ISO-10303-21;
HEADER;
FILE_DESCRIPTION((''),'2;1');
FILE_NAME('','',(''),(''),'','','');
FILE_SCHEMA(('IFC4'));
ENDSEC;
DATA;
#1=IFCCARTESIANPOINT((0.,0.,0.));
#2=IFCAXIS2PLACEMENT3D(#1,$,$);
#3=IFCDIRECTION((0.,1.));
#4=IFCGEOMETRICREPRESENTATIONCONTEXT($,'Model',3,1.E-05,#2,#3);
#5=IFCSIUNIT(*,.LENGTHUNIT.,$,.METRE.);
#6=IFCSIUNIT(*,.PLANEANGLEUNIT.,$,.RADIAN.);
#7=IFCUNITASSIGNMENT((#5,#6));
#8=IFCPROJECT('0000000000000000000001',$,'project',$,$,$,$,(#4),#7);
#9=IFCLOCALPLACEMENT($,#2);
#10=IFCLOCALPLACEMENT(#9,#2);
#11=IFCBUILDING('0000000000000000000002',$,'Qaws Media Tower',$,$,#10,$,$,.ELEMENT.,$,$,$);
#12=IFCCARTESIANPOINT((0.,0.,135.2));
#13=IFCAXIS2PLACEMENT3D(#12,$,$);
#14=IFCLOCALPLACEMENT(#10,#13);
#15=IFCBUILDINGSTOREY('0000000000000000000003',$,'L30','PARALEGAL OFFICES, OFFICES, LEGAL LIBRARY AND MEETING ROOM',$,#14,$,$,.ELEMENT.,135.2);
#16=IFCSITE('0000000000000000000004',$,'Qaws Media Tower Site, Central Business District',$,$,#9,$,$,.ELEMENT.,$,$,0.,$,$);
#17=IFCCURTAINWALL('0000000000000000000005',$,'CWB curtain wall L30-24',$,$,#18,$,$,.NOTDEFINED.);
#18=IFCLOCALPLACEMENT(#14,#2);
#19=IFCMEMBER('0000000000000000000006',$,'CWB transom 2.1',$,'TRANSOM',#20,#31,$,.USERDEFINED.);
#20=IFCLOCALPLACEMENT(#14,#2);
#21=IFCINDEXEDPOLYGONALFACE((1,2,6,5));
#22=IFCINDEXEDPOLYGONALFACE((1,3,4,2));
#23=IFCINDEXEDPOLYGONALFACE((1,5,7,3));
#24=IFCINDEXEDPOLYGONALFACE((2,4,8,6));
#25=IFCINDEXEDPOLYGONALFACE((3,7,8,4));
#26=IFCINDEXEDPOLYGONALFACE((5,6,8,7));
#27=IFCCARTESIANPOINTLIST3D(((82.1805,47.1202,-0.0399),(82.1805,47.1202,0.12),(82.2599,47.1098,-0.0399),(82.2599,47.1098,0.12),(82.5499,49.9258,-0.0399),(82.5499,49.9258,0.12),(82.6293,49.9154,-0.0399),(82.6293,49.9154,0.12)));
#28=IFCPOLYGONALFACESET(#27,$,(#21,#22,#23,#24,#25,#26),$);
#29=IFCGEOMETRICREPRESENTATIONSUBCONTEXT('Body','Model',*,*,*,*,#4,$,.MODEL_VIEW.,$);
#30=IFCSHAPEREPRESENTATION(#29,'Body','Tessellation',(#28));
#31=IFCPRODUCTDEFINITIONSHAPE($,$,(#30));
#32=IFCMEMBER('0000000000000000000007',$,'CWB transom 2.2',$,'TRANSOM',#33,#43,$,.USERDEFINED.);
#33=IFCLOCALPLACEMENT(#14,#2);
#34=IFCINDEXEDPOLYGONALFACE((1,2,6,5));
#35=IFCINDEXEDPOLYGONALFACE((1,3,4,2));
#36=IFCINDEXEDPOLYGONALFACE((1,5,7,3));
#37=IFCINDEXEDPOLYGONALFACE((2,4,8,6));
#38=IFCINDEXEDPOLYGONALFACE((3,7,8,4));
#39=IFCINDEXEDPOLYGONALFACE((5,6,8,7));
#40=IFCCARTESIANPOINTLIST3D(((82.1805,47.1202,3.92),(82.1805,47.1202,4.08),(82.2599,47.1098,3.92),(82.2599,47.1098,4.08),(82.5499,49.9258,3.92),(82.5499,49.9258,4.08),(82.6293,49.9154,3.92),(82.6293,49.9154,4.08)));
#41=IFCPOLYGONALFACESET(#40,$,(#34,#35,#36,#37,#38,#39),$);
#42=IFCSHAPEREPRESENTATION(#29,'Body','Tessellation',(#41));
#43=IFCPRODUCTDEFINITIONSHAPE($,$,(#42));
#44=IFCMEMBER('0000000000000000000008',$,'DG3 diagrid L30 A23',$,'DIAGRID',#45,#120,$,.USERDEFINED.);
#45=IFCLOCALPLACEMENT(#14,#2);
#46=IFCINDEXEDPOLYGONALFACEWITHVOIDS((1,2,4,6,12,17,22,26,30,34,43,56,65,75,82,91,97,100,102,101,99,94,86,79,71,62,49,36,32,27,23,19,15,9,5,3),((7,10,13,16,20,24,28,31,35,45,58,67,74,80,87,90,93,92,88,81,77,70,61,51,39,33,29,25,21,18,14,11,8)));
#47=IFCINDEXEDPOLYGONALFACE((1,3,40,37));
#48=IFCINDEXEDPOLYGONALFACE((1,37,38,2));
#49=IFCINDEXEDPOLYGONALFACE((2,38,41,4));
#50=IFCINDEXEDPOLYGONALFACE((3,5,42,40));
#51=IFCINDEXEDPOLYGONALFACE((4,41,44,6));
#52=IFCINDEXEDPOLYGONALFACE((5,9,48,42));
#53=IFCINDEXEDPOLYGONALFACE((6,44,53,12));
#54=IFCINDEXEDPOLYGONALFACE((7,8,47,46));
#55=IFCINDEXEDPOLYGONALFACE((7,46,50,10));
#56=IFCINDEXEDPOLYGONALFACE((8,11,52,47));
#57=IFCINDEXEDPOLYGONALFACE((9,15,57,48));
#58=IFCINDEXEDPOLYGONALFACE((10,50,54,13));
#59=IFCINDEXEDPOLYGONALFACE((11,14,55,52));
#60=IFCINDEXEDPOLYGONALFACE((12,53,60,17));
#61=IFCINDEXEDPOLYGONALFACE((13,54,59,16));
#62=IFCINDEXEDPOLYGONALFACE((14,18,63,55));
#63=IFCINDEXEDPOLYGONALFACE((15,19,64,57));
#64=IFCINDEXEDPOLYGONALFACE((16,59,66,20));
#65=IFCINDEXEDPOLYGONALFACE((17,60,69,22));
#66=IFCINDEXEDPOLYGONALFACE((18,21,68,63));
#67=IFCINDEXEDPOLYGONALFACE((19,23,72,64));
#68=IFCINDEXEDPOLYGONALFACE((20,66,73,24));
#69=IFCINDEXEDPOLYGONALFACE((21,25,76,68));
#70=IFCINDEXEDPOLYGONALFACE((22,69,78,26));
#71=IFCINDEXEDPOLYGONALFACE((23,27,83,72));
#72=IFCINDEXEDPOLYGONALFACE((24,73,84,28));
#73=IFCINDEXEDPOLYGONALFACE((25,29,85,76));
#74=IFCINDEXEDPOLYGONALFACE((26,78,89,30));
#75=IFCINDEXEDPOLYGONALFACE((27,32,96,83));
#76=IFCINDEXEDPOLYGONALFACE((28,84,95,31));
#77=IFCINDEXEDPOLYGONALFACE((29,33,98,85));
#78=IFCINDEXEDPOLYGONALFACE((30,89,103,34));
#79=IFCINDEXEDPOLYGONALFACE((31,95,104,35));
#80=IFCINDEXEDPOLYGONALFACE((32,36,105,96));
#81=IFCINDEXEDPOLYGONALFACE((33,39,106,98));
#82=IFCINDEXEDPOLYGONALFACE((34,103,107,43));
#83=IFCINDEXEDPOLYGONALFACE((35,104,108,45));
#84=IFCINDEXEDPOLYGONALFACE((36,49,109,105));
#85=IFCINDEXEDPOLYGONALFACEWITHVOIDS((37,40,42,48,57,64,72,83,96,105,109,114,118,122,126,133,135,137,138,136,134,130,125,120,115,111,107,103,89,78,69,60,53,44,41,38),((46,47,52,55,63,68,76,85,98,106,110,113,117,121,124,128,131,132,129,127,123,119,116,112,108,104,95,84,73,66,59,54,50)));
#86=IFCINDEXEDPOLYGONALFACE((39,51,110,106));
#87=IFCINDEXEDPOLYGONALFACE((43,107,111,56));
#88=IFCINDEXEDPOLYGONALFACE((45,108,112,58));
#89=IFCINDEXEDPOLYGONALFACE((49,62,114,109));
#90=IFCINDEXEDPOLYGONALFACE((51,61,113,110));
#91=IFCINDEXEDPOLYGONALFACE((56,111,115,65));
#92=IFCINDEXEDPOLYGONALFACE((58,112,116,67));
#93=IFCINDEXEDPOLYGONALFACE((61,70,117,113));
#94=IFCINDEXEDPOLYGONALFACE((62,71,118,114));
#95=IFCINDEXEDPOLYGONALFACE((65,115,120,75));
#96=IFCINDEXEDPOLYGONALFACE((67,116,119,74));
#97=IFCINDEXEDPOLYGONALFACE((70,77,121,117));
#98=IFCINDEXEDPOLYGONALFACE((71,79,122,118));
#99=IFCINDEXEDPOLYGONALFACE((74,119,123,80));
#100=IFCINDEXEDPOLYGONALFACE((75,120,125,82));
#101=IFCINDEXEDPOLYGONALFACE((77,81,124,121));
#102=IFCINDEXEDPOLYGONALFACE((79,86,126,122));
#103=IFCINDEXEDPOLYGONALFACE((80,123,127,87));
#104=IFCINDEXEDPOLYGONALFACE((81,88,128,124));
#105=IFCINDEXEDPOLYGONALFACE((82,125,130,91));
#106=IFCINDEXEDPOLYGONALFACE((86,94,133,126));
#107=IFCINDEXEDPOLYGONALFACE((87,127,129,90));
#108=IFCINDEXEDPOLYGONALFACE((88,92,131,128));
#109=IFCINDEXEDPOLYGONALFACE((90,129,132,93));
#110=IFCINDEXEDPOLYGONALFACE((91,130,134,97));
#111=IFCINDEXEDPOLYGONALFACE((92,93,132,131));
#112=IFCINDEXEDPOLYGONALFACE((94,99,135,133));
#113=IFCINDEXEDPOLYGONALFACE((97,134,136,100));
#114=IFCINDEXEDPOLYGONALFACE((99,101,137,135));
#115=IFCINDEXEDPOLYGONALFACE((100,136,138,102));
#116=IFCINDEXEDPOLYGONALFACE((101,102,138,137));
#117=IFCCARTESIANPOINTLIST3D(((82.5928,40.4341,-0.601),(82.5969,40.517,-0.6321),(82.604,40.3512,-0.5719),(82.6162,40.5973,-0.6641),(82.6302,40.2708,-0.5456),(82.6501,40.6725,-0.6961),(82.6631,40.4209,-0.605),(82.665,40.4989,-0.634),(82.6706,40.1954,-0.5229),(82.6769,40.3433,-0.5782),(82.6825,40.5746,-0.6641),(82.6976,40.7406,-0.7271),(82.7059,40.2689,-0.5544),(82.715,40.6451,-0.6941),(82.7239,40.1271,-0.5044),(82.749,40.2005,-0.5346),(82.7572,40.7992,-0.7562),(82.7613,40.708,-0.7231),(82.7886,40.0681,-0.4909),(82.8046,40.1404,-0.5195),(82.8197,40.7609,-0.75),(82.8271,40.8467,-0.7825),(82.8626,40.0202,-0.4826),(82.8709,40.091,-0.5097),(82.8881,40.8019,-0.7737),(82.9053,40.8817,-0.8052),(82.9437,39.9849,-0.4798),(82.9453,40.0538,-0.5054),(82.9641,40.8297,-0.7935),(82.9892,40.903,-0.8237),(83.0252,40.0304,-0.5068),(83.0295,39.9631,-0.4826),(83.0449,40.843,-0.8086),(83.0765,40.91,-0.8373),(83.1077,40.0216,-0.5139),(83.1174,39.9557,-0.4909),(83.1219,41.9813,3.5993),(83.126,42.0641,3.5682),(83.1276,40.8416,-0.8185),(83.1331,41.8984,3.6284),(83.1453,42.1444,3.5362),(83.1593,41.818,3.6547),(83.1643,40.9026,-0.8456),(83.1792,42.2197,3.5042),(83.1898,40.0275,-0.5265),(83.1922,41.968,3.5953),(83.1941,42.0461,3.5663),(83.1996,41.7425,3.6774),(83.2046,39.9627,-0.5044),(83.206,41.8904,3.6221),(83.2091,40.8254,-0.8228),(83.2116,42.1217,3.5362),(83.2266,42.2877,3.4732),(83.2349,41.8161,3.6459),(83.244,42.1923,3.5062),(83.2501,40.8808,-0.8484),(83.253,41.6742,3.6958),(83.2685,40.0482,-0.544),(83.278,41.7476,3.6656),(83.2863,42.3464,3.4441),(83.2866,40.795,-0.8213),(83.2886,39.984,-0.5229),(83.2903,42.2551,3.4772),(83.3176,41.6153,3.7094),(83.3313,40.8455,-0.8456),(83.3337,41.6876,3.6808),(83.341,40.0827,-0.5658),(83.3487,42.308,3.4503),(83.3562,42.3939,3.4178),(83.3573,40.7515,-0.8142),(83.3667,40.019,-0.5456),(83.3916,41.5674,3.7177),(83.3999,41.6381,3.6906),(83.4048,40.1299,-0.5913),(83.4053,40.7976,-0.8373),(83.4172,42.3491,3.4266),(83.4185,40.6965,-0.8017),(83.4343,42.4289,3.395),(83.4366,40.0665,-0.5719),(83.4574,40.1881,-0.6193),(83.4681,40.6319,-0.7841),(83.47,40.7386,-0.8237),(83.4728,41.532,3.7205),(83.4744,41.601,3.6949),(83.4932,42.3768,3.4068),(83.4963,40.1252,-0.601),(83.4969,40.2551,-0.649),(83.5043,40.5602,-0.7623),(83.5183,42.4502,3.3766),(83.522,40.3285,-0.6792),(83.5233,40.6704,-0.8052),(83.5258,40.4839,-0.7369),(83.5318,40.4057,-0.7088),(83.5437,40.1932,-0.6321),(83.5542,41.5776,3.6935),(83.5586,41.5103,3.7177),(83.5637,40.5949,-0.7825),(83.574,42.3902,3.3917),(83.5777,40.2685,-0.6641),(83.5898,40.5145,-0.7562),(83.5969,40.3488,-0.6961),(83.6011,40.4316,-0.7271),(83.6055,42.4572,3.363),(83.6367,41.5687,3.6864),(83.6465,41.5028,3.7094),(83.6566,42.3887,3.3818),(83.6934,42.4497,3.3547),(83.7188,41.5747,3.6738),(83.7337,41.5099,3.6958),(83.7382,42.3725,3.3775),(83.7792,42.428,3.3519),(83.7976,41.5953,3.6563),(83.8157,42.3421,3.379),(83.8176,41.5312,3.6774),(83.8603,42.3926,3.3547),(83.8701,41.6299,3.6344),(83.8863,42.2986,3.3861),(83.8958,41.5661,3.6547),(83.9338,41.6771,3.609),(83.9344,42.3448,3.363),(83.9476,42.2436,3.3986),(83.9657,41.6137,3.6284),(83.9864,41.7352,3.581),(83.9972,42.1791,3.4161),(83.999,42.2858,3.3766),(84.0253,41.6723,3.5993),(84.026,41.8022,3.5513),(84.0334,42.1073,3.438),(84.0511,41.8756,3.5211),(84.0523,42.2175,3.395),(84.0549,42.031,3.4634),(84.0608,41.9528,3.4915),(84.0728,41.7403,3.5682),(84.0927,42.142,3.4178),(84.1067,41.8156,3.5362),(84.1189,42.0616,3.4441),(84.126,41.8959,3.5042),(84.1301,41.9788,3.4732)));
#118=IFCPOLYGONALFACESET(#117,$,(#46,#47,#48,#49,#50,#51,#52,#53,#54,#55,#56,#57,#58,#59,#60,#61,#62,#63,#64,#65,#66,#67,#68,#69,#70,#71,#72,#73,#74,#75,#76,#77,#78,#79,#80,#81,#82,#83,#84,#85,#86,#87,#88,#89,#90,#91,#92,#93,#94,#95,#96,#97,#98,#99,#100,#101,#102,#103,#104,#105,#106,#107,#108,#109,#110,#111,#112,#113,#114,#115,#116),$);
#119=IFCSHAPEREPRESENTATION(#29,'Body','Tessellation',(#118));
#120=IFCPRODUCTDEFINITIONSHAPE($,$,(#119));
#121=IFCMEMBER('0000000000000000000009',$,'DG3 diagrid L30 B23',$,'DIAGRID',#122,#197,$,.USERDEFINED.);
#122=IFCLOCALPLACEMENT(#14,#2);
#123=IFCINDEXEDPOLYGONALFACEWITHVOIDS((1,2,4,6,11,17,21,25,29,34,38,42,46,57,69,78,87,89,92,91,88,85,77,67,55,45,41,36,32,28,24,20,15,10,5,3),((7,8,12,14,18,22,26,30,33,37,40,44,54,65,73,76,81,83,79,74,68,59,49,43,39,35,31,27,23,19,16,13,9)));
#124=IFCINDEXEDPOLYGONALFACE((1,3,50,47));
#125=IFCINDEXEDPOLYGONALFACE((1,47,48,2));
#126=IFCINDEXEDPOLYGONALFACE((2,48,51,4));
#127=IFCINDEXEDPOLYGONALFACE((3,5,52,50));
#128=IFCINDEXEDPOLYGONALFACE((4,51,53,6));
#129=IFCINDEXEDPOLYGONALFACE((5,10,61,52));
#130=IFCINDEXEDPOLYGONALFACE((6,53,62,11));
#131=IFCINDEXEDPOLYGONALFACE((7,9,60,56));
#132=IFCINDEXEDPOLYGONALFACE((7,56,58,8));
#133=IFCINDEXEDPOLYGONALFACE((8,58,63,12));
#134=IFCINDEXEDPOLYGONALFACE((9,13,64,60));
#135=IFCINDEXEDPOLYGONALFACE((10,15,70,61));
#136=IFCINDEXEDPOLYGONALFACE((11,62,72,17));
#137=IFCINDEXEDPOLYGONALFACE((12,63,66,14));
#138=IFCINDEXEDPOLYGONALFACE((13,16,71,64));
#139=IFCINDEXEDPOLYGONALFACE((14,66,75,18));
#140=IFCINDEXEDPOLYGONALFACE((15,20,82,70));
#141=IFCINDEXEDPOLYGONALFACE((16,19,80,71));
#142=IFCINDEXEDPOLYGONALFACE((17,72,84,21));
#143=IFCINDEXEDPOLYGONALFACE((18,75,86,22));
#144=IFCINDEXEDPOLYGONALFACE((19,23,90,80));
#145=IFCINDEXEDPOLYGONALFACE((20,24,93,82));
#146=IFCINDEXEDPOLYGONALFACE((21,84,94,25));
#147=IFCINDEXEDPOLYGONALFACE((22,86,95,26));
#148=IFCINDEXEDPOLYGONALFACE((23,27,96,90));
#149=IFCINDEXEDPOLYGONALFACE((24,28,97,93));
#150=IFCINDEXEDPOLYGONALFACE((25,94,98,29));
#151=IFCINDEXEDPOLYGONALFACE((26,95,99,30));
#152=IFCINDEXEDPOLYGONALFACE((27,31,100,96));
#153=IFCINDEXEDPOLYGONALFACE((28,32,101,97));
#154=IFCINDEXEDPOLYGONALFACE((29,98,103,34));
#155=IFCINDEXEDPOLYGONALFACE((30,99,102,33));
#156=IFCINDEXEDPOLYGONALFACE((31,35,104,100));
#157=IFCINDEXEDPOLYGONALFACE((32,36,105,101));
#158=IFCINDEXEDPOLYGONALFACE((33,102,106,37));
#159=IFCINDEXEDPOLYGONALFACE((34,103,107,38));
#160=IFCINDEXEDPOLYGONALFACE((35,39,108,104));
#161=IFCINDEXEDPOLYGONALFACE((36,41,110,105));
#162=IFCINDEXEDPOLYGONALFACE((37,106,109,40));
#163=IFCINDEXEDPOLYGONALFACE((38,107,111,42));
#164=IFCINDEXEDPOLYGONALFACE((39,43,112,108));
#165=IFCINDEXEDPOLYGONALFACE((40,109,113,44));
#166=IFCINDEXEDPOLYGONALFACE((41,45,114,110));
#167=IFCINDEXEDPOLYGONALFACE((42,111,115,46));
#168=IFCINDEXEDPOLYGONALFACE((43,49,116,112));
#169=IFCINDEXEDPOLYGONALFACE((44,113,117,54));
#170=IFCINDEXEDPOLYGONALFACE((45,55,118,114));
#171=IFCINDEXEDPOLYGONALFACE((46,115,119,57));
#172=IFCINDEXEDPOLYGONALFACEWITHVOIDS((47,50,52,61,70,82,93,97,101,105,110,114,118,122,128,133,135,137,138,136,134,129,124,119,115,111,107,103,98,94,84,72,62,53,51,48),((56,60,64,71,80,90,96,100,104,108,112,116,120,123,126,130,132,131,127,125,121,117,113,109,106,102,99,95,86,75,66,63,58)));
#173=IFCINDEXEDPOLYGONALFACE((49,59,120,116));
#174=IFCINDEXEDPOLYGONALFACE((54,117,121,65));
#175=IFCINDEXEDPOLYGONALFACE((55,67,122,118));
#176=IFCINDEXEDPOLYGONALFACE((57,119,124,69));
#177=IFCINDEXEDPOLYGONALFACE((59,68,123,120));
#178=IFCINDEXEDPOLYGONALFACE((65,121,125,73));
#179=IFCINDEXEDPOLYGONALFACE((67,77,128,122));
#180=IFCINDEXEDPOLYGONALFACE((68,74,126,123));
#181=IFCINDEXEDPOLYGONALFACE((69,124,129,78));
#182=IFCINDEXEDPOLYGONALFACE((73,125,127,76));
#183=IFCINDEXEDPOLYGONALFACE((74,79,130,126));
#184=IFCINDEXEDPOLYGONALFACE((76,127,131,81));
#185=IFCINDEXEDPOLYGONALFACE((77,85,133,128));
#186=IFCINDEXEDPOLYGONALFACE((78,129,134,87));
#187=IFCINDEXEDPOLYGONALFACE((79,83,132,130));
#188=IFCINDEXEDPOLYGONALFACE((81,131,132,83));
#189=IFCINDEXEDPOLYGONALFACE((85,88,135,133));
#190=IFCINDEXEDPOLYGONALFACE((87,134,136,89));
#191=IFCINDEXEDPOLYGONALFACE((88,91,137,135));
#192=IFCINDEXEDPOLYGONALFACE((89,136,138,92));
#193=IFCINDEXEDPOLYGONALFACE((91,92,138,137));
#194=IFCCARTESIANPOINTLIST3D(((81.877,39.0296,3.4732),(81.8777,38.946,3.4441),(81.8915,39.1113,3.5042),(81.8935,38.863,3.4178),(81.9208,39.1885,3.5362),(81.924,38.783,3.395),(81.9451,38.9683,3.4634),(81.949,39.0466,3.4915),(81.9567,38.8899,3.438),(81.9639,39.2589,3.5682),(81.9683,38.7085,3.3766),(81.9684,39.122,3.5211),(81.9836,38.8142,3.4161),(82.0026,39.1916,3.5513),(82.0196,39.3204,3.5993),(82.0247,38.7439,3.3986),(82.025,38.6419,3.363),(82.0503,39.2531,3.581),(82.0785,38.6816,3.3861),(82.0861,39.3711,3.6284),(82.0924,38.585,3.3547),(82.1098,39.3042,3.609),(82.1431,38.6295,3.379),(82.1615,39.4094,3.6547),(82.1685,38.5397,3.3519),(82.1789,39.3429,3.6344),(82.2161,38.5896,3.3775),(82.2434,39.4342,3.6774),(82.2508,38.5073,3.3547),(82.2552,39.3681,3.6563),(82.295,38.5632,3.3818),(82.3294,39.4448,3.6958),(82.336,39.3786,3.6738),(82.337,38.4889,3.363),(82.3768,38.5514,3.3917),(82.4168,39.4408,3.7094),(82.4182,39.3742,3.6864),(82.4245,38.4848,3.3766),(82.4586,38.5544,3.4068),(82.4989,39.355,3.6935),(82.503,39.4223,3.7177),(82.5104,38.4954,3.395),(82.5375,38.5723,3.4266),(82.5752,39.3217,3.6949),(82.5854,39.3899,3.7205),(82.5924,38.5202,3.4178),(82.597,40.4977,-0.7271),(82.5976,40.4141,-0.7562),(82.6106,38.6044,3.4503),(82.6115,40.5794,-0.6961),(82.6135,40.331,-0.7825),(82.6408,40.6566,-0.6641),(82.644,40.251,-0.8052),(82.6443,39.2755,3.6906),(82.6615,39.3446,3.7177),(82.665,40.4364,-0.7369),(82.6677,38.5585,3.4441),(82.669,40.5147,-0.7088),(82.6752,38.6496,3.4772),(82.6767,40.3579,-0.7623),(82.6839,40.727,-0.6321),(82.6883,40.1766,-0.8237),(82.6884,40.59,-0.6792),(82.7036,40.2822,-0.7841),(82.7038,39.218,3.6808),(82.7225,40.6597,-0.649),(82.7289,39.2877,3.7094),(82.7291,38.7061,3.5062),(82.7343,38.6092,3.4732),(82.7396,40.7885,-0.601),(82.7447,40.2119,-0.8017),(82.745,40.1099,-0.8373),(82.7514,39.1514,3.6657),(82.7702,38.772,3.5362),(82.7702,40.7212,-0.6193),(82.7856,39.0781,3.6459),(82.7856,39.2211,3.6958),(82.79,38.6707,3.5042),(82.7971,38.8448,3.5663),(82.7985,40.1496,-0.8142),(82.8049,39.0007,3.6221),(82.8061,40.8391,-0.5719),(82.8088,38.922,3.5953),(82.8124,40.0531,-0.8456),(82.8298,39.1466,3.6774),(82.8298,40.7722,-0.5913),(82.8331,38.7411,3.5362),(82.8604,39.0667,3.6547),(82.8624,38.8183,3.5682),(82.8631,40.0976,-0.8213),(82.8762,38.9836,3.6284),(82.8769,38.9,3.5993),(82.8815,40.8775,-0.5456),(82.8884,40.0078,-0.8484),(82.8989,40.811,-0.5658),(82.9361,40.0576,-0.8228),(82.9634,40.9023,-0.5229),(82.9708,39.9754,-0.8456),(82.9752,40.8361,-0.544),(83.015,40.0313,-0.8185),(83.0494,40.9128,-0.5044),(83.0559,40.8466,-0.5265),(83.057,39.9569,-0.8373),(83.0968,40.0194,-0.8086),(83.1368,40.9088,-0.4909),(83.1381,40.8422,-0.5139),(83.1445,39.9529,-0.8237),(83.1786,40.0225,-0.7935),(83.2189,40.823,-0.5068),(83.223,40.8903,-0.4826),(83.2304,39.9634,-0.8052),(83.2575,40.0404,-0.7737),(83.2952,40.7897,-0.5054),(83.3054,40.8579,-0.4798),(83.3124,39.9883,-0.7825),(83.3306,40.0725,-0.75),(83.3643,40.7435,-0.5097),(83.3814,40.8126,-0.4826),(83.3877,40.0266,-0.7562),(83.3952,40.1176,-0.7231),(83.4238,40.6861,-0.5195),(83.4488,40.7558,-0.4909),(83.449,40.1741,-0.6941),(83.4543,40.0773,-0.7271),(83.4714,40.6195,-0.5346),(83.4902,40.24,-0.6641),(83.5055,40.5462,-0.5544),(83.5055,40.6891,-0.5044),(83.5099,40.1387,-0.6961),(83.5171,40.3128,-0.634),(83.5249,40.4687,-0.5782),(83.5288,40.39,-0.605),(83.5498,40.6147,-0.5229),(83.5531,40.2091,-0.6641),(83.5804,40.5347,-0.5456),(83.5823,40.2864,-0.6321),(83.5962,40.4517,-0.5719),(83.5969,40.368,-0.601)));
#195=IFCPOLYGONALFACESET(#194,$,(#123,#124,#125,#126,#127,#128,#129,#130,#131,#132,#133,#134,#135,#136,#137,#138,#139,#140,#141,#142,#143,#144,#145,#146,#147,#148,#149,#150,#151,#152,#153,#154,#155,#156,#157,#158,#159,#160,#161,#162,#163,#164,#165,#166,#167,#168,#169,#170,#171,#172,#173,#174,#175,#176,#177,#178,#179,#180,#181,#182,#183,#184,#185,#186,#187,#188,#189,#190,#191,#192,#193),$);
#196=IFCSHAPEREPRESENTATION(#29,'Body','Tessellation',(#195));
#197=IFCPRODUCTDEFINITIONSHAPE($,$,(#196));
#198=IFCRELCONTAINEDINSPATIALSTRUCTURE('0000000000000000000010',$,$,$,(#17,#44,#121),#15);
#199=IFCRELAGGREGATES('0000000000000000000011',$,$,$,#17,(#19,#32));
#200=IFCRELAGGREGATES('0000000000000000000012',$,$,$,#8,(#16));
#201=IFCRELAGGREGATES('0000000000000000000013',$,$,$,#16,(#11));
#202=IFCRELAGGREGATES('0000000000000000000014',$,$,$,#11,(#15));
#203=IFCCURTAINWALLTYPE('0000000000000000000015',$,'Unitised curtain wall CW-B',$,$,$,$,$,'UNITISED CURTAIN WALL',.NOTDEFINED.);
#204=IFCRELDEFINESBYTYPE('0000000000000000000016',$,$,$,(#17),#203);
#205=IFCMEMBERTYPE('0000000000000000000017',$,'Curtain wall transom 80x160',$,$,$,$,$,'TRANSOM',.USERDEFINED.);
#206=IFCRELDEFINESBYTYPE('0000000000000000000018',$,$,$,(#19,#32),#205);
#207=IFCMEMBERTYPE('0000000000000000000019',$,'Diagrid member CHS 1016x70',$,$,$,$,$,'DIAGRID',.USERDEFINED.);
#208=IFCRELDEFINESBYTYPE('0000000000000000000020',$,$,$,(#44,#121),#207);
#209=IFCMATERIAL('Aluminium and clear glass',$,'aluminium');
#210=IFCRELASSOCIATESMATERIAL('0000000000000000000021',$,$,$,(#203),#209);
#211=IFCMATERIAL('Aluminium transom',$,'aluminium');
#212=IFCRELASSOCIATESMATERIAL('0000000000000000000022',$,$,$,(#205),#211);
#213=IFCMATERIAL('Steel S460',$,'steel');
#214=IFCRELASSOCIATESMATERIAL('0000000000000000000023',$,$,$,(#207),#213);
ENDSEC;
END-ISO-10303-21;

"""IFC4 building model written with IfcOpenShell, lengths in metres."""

from ifc_helpers import new_model, si_unit, direction, frame, origin, origin_2d, place, context, subcontext, project, spatial, rectangle, hollow_circle, extrude, material, material_profile, profile_set, type_object, element, aggregate, save


model = new_model("IFC4")

# Units and contexts
model_context = context("Model", 3, precision=1e-05, world=origin(), true_north=direction((0.0, 1.0)))
body_context = subcontext(model_context, "Body", "Model", "MODEL_VIEW")
ifc_project = project(units=[si_unit("LENGTHUNIT", "METRE"), si_unit("PLANEANGLEUNIT", "RADIAN")], contexts=[model_context])

# Site, building, storey
site_placement = place(None, origin())
site = spatial("IfcSite", under=ifc_project, at=site_placement, Name="Qaws Media Tower Site, Central Business District", CompositionType="ELEMENT", RefElevation=0.0)
building_placement = place(site_placement, origin())
building = spatial("IfcBuilding", under=site, at=building_placement, Name="Qaws Media Tower", CompositionType="ELEMENT")
storey_placement = place(building_placement, frame((0.0, 0.0, 135.2)))
storey = spatial("IfcBuildingStorey", under=building, at=storey_placement, Name="L30", Description="PARALEGAL OFFICES, OFFICES, LEGAL LIBRARY AND MEETING ROOM", CompositionType="ELEMENT", Elevation=135.2)

# Curtain wall
ifc_material_1 = material(Name="Aluminium and clear glass", Category="aluminium")
curtain_wall_type = type_object("IfcCurtainWallType", Name="Unitised curtain wall CW-B", ElementType="UNITISED CURTAIN WALL", PredefinedType="NOTDEFINED", material=ifc_material_1)
curtain_wall_1_placement = place(storey_placement, origin())
curtain_wall_1 = element("IfcCurtainWall", 1, at=curtain_wall_1_placement, inside=storey, type_object=curtain_wall_type, Name="CWB curtain wall L30-24", PredefinedType="NOTDEFINED")

# Members
ifc_material_2 = material(Name="Aluminium transom", Category="aluminium")
ifc_material_profile_1 = material_profile(ifc_material_2, rectangle(XDim=0.0801, YDim=0.1599, at=origin_2d()), Name="80x160")
ifc_profile_set_1 = profile_set([ifc_material_profile_1], Name="Aluminium transom")
member_type_1 = type_object("IfcMemberType", Name="Curtain wall transom 80x160", ElementType="TRANSOM", PredefinedType="USERDEFINED", material=ifc_profile_set_1)
member_1_placement = place(storey_placement, frame((82.2202, 47.115, 0.04), z_axis=(0.13053, 0.991444, 0.0), x_axis=(-0.991444, 0.13053, 0.0)))
member_1 = element("IfcMember", 2, at=member_1_placement, type_object=member_type_1, Name="CWB transom 2.1", ObjectType="TRANSOM", PredefinedType="USERDEFINED", context=body_context, shape_type="SweptSolid", body=[
    extrude(rectangle(XDim=0.0801, YDim=0.1599, at=origin_2d()), origin(), (0.0, 0.0, 1.0), 2.8298),
])
member_2_placement = place(storey_placement, frame((82.2202, 47.115, 4.0), z_axis=(0.13053, 0.991444, 0.0), x_axis=(-0.991444, 0.13053, 0.0)))
member_2 = element("IfcMember", 3, at=member_2_placement, type_object=member_type_1, Name="CWB transom 2.2", ObjectType="TRANSOM", PredefinedType="USERDEFINED", context=body_context, shape_type="SweptSolid", body=[
    extrude(rectangle(XDim=0.0801, YDim=0.1599, at=origin_2d()), origin(), (0.0, 0.0, 1.0), 2.8298),
])

# Members
ifc_material_3 = material(Name="Steel S460", Category="steel")
ifc_material_profile_2 = material_profile(ifc_material_3, hollow_circle(Radius=0.5081, WallThickness=0.0701, at=origin_2d()), Name="CHS 1016x70")
ifc_profile_set_2 = profile_set([ifc_material_profile_2], Name="Steel S460")
member_type_2 = type_object("IfcMemberType", Name="Diagrid member CHS 1016x70", ElementType="DIAGRID", PredefinedType="USERDEFINED", material=ifc_profile_set_2)
for number, where, z_axis, x_axis, name in (
    (4, (83.0969, 40.4329, -0.6641), (0.117379, 0.343253, 0.93188), (-0.946206, 0.323565, 0.0), "DG3 diagrid L30 A23"),
    (5, (83.0969, 40.4329, -0.6641), (-0.159737, -0.325703, 0.931881), (0.897835, -0.440332, 0.0), "DG3 diagrid L30 B23"),
):
    element("IfcMember", number, at=place(storey_placement, frame(where, z_axis=z_axis, x_axis=x_axis)), inside=storey, type_object=member_type_2, Name=name, ObjectType="DIAGRID", PredefinedType="USERDEFINED", context=body_context, shape_type="SweptSolid", body=[
        extrude(hollow_circle(Radius=0.5081, WallThickness=0.0701, at=origin_2d()), origin(), (0.0, 0.0, 1.0), 4.5073),
    ])

aggregate(curtain_wall_1, [member_1, member_2])

save(model, "model.ifc")
